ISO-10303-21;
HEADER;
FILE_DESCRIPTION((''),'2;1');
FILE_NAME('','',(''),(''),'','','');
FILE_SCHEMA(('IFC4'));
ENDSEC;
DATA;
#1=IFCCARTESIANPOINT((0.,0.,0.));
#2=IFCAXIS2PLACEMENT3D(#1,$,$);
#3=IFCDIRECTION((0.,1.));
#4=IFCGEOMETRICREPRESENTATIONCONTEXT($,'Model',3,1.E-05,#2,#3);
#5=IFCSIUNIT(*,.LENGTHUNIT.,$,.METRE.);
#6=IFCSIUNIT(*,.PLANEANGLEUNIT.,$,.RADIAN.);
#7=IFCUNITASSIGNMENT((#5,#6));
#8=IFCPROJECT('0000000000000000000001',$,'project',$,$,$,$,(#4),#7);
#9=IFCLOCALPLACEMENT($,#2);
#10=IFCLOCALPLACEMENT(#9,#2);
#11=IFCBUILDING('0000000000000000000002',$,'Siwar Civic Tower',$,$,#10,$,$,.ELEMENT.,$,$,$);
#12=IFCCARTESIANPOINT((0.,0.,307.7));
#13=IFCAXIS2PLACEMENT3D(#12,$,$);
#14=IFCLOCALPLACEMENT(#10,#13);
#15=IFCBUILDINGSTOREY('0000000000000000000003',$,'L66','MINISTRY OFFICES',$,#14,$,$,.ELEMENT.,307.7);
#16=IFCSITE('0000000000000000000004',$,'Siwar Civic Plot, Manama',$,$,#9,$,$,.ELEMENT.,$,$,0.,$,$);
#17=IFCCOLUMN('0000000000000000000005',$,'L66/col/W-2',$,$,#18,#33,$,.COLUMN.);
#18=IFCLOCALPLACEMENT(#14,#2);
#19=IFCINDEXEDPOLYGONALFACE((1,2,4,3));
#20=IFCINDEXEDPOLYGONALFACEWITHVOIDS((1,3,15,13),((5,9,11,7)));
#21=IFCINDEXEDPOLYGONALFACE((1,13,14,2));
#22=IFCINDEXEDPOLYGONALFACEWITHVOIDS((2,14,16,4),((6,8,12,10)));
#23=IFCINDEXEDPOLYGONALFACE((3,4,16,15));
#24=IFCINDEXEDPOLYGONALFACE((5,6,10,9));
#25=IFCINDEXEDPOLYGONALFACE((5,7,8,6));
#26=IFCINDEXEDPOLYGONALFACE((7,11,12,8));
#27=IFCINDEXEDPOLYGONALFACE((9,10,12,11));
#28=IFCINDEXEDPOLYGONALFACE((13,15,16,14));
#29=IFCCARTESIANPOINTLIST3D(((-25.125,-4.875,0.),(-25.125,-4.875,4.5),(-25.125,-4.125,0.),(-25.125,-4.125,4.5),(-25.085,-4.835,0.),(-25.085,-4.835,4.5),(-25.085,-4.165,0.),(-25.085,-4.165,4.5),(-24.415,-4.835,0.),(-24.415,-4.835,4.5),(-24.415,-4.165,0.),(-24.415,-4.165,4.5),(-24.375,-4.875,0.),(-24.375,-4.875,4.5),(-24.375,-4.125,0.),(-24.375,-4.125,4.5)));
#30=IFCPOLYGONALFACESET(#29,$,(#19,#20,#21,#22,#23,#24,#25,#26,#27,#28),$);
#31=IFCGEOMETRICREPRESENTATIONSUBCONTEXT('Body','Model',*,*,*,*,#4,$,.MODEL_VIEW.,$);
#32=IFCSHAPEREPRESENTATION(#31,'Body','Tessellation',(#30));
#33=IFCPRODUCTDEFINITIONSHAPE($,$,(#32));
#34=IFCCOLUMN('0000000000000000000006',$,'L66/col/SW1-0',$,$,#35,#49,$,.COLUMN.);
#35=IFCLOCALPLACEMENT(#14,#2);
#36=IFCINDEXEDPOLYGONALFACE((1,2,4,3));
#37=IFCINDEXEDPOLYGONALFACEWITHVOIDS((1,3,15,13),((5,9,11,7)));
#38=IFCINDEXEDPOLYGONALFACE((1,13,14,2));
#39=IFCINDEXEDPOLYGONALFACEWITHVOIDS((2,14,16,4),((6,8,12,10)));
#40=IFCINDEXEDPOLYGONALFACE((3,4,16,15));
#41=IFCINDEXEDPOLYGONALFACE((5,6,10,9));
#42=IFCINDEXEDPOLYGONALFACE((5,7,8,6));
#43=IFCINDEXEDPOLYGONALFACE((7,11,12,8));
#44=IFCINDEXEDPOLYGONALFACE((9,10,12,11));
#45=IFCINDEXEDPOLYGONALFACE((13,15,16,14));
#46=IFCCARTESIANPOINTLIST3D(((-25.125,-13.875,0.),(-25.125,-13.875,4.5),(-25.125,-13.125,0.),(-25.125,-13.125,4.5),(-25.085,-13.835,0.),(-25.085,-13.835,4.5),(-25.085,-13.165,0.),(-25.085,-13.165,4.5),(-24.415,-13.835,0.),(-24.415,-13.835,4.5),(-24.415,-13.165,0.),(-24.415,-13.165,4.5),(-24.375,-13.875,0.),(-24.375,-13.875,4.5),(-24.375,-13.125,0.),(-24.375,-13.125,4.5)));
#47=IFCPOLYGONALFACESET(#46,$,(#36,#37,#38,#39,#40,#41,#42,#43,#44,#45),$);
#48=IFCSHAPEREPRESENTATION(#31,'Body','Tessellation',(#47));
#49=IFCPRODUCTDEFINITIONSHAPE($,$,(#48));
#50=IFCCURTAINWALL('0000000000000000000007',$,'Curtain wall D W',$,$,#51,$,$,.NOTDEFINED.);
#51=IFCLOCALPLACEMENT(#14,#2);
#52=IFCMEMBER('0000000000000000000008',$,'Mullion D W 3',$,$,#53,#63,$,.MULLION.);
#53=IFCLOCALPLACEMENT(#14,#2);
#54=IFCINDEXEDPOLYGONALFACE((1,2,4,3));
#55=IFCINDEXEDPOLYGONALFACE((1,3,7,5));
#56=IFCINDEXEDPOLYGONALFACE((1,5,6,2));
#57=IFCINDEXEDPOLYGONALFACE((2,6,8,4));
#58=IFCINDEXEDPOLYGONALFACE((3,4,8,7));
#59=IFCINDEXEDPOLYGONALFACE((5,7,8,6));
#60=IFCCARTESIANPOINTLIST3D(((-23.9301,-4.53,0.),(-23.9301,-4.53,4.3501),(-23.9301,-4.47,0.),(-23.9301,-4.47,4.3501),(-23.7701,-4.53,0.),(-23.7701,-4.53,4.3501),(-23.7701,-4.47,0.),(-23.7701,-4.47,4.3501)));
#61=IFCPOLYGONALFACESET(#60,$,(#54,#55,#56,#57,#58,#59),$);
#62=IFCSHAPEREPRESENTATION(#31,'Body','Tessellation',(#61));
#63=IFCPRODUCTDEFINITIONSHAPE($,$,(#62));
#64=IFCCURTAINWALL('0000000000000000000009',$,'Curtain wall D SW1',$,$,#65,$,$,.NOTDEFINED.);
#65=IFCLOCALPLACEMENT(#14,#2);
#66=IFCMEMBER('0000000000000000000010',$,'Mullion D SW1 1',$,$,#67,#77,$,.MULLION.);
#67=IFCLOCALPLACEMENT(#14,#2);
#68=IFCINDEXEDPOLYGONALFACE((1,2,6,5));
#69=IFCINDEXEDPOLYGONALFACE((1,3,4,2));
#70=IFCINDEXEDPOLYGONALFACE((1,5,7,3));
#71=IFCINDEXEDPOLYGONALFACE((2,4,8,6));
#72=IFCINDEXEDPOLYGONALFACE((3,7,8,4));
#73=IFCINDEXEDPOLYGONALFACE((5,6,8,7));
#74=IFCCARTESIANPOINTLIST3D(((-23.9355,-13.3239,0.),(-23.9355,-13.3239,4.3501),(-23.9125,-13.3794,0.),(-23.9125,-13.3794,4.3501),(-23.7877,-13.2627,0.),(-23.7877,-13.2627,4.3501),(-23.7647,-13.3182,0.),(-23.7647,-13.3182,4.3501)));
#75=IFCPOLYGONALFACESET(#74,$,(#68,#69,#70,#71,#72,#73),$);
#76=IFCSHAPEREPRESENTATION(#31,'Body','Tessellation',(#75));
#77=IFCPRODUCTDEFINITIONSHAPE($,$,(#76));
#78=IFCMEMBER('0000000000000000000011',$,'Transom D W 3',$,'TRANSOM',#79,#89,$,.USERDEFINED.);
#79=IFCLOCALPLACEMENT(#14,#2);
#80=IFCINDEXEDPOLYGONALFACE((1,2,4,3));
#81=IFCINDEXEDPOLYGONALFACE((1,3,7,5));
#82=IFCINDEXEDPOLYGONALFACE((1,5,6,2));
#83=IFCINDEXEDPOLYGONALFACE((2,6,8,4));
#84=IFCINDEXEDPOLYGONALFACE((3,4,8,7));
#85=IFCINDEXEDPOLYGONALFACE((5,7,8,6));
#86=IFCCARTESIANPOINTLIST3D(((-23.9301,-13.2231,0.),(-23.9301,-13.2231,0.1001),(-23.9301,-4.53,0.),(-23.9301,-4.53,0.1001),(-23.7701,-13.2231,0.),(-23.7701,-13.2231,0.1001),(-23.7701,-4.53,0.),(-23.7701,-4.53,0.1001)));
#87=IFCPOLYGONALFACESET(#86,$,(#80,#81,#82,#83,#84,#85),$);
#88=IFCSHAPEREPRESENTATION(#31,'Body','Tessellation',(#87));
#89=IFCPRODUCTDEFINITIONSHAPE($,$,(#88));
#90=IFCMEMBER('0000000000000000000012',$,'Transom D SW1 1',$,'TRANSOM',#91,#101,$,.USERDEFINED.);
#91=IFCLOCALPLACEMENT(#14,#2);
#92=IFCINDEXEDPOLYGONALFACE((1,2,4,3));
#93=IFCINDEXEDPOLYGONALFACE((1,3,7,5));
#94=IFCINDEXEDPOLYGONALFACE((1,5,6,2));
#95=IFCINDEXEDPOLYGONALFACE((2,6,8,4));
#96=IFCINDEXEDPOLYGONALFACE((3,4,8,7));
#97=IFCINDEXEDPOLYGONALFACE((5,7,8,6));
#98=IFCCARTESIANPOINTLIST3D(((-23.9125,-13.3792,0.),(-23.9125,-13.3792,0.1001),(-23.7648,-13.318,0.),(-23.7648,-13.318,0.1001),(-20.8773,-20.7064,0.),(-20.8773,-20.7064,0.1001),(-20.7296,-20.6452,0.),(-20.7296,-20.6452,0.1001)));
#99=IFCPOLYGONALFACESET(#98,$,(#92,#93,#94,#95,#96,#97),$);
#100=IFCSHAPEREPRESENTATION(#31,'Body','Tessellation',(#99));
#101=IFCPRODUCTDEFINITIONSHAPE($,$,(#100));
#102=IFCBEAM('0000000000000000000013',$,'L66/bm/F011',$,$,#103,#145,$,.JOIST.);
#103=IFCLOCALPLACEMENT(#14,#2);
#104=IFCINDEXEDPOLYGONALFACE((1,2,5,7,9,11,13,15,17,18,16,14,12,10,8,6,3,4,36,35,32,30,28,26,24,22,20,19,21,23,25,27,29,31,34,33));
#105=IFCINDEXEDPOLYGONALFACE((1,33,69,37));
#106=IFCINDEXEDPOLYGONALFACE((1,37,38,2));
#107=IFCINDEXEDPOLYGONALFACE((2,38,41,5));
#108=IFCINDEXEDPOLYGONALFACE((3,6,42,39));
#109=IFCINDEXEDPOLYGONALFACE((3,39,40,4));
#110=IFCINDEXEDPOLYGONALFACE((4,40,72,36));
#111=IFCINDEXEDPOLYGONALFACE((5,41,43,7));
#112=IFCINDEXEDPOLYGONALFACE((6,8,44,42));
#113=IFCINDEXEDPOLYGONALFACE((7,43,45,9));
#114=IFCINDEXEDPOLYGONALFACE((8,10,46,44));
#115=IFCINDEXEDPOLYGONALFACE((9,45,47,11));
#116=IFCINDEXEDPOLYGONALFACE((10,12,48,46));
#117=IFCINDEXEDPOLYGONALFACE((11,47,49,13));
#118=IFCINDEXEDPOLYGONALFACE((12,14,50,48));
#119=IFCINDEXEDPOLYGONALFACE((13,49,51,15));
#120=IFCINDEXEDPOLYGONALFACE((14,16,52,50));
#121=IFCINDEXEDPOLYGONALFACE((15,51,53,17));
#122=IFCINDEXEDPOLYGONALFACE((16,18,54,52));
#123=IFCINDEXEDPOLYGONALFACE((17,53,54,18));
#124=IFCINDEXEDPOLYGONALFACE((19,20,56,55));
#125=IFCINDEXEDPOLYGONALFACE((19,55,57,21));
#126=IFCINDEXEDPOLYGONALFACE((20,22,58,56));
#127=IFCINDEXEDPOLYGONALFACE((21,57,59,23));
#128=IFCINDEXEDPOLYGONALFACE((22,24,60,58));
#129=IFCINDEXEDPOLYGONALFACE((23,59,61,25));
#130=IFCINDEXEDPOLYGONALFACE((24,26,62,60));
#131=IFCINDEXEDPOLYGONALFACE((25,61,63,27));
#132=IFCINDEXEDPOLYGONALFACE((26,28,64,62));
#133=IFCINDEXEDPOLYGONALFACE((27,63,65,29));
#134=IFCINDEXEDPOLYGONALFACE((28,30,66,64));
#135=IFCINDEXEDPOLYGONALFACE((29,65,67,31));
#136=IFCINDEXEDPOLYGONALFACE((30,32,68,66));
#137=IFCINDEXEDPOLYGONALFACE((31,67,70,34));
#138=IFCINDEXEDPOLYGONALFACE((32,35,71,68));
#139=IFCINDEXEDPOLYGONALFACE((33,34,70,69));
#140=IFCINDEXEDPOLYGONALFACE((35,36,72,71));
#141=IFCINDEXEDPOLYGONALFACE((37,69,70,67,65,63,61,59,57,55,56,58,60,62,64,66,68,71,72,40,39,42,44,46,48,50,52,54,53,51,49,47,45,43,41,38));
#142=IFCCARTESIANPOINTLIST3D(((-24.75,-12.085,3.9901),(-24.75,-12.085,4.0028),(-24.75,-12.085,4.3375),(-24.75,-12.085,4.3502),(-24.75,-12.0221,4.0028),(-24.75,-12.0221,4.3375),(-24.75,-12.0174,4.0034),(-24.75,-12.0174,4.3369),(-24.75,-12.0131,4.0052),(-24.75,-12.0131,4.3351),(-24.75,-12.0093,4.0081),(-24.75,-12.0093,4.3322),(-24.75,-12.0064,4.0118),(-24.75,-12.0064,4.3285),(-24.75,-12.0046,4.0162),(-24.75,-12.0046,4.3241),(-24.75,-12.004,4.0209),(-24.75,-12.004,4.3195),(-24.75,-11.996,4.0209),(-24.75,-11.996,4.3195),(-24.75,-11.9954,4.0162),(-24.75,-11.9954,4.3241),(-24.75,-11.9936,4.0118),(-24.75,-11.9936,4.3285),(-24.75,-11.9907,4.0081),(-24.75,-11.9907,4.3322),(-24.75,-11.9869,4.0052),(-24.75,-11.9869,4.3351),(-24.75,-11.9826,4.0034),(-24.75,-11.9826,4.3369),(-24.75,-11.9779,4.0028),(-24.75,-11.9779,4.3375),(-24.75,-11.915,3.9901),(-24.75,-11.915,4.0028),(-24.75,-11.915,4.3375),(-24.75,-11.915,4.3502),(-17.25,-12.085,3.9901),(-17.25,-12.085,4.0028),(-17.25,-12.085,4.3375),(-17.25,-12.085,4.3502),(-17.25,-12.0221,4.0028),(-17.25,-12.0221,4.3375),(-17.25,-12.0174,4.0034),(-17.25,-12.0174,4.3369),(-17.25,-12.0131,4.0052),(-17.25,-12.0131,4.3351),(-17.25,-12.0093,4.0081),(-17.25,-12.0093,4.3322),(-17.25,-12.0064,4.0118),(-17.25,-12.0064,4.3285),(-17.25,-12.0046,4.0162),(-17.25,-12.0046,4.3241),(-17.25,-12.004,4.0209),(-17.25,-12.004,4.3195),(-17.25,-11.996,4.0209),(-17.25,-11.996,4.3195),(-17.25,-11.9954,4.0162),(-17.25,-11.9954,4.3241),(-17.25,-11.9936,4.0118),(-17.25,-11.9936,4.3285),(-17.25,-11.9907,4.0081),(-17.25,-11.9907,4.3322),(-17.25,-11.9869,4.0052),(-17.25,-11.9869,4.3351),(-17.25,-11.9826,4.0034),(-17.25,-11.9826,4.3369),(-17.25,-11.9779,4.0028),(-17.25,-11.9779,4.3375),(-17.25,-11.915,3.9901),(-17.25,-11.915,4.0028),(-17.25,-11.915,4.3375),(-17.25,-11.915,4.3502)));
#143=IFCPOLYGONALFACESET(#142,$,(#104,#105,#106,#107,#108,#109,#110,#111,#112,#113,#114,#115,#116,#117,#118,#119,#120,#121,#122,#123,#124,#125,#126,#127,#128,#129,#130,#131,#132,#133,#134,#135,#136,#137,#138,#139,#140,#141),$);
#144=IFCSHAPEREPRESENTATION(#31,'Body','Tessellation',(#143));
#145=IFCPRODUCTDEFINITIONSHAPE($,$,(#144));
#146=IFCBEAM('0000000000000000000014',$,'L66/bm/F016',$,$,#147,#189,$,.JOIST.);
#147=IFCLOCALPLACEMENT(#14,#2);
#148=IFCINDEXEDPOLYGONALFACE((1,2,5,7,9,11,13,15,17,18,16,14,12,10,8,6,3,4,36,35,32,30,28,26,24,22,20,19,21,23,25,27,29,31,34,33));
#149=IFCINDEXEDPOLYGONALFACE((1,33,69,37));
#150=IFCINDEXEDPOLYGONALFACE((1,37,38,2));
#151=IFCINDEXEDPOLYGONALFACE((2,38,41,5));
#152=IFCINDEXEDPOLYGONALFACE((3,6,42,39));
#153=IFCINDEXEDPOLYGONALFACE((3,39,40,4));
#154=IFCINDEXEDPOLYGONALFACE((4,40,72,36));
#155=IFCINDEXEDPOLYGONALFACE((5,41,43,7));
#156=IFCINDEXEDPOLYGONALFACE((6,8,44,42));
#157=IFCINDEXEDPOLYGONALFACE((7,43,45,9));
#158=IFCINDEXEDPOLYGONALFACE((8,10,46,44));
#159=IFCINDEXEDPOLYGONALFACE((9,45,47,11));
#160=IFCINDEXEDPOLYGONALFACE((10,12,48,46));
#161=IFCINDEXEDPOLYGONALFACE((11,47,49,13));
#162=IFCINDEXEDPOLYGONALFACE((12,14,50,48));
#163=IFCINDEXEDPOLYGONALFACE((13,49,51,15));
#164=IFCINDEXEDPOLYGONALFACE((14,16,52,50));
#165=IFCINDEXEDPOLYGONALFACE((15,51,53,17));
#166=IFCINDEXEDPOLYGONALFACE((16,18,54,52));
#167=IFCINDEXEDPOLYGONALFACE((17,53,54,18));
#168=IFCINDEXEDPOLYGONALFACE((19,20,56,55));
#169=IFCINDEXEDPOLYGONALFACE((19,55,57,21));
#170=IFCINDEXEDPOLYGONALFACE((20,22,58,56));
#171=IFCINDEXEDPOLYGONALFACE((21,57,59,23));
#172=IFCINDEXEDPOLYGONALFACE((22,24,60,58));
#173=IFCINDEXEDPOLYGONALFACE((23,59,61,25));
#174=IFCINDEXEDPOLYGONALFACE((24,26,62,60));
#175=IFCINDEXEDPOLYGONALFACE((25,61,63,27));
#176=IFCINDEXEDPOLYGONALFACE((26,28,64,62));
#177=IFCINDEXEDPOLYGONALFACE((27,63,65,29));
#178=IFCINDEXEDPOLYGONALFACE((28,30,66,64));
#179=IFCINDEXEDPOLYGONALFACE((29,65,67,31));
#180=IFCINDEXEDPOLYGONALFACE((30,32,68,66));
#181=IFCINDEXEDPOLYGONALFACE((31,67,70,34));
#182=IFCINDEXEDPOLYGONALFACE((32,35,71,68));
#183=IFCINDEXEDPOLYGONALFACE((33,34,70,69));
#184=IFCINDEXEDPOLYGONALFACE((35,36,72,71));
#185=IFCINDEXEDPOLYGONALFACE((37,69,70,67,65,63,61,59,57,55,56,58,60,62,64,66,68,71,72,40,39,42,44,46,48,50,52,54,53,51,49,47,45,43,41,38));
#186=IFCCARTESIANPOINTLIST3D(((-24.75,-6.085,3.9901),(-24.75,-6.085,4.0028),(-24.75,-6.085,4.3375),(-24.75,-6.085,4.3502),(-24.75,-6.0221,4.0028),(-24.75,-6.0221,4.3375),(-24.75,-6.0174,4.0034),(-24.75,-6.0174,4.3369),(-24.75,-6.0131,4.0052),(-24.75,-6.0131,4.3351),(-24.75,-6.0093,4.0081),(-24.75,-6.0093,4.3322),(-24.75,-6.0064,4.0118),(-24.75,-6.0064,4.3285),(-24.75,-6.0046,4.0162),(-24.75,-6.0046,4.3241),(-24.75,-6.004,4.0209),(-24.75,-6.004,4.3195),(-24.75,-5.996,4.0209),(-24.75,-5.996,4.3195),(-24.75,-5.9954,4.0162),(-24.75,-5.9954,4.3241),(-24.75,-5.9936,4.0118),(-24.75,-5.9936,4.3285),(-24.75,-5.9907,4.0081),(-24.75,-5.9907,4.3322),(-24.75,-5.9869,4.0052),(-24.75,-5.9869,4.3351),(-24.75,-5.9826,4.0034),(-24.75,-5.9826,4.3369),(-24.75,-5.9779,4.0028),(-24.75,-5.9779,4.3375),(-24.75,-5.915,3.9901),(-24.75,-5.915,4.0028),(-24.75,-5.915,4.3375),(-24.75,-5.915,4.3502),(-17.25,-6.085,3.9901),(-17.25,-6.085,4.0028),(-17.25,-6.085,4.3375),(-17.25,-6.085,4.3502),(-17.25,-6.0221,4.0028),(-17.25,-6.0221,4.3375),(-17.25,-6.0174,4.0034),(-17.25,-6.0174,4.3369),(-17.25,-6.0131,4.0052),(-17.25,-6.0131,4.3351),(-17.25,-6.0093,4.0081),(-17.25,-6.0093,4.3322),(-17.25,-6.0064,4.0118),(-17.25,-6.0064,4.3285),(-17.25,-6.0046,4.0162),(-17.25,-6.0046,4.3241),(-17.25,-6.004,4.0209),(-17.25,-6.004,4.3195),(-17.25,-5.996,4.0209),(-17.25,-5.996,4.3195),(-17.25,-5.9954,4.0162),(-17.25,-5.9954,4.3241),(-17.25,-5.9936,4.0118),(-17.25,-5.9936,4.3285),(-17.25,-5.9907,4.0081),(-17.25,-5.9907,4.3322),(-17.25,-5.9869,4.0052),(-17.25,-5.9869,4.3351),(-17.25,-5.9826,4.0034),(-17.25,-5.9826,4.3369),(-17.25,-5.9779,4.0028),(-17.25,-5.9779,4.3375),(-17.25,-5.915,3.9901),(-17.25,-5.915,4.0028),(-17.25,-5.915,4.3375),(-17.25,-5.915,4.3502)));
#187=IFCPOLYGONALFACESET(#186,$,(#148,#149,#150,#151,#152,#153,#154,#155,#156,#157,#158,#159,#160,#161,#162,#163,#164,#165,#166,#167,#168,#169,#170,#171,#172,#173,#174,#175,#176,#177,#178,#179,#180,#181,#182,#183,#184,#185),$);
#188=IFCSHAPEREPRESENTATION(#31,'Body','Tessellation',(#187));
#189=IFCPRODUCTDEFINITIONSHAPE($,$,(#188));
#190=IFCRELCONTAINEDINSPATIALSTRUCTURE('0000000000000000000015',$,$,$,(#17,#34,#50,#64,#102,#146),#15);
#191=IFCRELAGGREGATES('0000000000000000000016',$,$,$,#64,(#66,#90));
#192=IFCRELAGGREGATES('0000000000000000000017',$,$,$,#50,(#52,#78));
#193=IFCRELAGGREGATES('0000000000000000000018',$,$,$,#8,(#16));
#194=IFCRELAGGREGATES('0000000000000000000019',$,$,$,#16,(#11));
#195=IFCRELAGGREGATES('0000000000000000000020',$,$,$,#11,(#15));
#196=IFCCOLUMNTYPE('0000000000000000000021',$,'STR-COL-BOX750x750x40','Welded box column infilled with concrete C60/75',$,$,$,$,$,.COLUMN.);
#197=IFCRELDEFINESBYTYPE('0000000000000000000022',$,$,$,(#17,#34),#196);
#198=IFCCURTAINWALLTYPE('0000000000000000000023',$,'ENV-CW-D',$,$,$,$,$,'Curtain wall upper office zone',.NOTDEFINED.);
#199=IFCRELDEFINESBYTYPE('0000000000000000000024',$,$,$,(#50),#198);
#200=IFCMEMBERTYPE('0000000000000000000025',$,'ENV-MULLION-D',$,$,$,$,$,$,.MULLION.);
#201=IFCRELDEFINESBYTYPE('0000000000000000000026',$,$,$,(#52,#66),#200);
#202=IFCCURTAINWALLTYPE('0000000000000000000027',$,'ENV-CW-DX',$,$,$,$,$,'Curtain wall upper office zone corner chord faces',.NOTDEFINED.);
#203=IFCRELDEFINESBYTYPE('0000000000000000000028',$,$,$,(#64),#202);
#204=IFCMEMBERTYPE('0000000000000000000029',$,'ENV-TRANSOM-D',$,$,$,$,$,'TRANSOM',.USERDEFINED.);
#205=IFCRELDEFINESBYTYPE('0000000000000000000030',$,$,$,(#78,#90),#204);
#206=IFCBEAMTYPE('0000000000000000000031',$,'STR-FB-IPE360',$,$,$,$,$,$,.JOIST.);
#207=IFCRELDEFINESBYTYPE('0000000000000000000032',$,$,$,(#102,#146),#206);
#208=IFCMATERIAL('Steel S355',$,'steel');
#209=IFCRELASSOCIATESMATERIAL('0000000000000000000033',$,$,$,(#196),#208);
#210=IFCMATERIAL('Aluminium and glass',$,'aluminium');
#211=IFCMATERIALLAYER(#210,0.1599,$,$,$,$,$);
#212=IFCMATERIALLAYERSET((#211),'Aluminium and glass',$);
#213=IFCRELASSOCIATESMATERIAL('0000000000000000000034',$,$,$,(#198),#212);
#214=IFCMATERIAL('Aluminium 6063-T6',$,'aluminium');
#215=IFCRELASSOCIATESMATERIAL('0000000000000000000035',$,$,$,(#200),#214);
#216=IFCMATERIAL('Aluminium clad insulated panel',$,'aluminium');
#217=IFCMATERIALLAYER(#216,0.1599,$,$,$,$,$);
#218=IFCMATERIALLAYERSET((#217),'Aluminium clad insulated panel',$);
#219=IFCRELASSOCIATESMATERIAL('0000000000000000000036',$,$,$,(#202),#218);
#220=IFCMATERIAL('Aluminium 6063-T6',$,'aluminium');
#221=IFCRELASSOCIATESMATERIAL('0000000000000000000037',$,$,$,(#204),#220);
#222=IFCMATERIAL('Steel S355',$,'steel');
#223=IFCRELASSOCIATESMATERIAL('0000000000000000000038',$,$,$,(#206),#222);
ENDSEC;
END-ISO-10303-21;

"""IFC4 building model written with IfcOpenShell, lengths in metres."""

from ifc_helpers import new_model, si_unit, direction, frame, origin, origin_2d, place, context, subcontext, project, spatial, rectangle, hollow_rectangle, i_section, extrude, material, layer, layer_set, material_profile, profile_set, type_object, element, aggregate, save


model = new_model("IFC4")

# Units and contexts
model_context = context("Model", 3, precision=1e-05, world=origin(), true_north=direction((0.0, 1.0)))
body_context = subcontext(model_context, "Body", "Model", "MODEL_VIEW")
ifc_project = project(units=[si_unit("LENGTHUNIT", "METRE"), si_unit("PLANEANGLEUNIT", "RADIAN")], contexts=[model_context])

# Site, building, storey
site_placement = place(None, origin())
site = spatial("IfcSite", under=ifc_project, at=site_placement, Name="Siwar Civic Plot, Manama", CompositionType="ELEMENT", RefElevation=0.0)
building_placement = place(site_placement, origin())
building = spatial("IfcBuilding", under=site, at=building_placement, Name="Siwar Civic Tower", CompositionType="ELEMENT")
storey_placement = place(building_placement, frame((0.0, 0.0, 307.7)))
storey = spatial("IfcBuildingStorey", under=building, at=storey_placement, Name="L66", Description="MINISTRY OFFICES", CompositionType="ELEMENT", Elevation=307.7)

# Columns
ifc_material_1 = material(Name="Steel S355", Category="steel")
ifc_material_profile_1 = material_profile(ifc_material_1, hollow_rectangle(XDim=0.75, YDim=0.75, WallThickness=0.04, at=origin_2d()), Name="BOX750x750x40")
ifc_profile_set_1 = profile_set([ifc_material_profile_1], Name="Steel S355")
column_type = type_object("IfcColumnType", Name="STR-COL-BOX750x750x40", Description="Welded box column infilled with concrete C60/75", PredefinedType="COLUMN", material=ifc_profile_set_1)
for number, where, z_axis, x_axis, name in (
    (1, (-24.75, -4.5, 0.0), (0.0, 0.0, 1.0), (1.0, 0.0, 0.0), "L66/col/W-2"),
    (2, (-24.75, -13.5, 0.0), (0.0, 0.0, 1.0), (1.0, 0.0, 0.0), "L66/col/SW1-0"),
):
    element("IfcColumn", number, at=place(storey_placement, frame(where, z_axis=z_axis, x_axis=x_axis)), inside=storey, type_object=column_type, Name=name, PredefinedType="COLUMN", context=body_context, shape_type="SweptSolid", body=[
        extrude(hollow_rectangle(XDim=0.75, YDim=0.75, WallThickness=0.04, at=origin_2d()), origin(), (0.0, 0.0, 1.0), 4.5),
    ])

# Curtain walls, members
ifc_material_2 = material(Name="Aluminium and glass", Category="aluminium")
ifc_layer_1 = layer(ifc_material_2, 0.1599)
ifc_layer_set_1 = layer_set([ifc_layer_1], Name="Aluminium and glass")
curtain_wall_type_1 = type_object("IfcCurtainWallType", Name="ENV-CW-D", ElementType="Curtain wall upper office zone", PredefinedType="NOTDEFINED", material=ifc_layer_set_1)
curtain_wall_1_placement = place(storey_placement, origin())
curtain_wall_1 = element("IfcCurtainWall", 3, at=curtain_wall_1_placement, inside=storey, type_object=curtain_wall_type_1, Name="Curtain wall D W", PredefinedType="NOTDEFINED")
ifc_material_3 = material(Name="Aluminium 6063-T6", Category="aluminium")
ifc_material_profile_2 = material_profile(ifc_material_3, rectangle(XDim=0.1599, YDim=0.0601, at=origin_2d()), Name="AL 160x60")
ifc_profile_set_2 = profile_set([ifc_material_profile_2], Name="Aluminium 6063-T6")
member_type_1 = type_object("IfcMemberType", Name="ENV-MULLION-D", PredefinedType="MULLION", material=ifc_profile_set_2)
member_1_placement = place(storey_placement, frame((-23.8501, -4.5, 0.0), z_axis=(0.0, 0.0, 1.0), x_axis=(1.0, 0.0, 0.0)))
member_1 = element("IfcMember", 4, at=member_1_placement, type_object=member_type_1, Name="Mullion D W 3", PredefinedType="MULLION", context=body_context, shape_type="SweptSolid", body=[
    extrude(rectangle(XDim=0.1599, YDim=0.0601, at=origin_2d()), origin(), (0.0, 0.0, 1.0), 4.3501),
])
ifc_material_4 = material(Name="Aluminium clad insulated panel", Category="aluminium")
ifc_layer_2 = layer(ifc_material_4, 0.1599)
ifc_layer_set_2 = layer_set([ifc_layer_2], Name="Aluminium clad insulated panel")
curtain_wall_type_2 = type_object("IfcCurtainWallType", Name="ENV-CW-DX", ElementType="Curtain wall upper office zone corner chord faces", PredefinedType="NOTDEFINED", material=ifc_layer_set_2)
curtain_wall_2_placement = place(storey_placement, origin())
curtain_wall_2 = element("IfcCurtainWall", 5, at=curtain_wall_2_placement, inside=storey, type_object=curtain_wall_type_2, Name="Curtain wall D SW1", PredefinedType="NOTDEFINED")
member_2_placement = place(storey_placement, frame((-23.8501, -13.321, 0.0), z_axis=(0.0, 0.0, 1.0), x_axis=(0.92388, 0.382683, 0.0)))
member_2 = element("IfcMember", 6, at=member_2_placement, type_object=member_type_1, Name="Mullion D SW1 1", PredefinedType="MULLION", context=body_context, shape_type="SweptSolid", body=[
    extrude(rectangle(XDim=0.1599, YDim=0.0601, at=origin_2d()), origin(), (0.0, 0.0, 1.0), 4.3501),
])

# Members
ifc_material_5 = material(Name="Aluminium 6063-T6", Category="aluminium")
ifc_material_profile_3 = material_profile(ifc_material_5, rectangle(XDim=0.1599, YDim=0.1001, at=origin_2d()), Name="AL 160x100")
ifc_profile_set_3 = profile_set([ifc_material_profile_3], Name="Aluminium 6063-T6")
member_type_2 = type_object("IfcMemberType", Name="ENV-TRANSOM-D", ElementType="TRANSOM", PredefinedType="USERDEFINED", material=ifc_profile_set_3)
member_3_placement = place(storey_placement, frame((-23.8501, -4.53, 0.05), z_axis=(0.0, -1.0, 0.0), x_axis=(1.0, 0.0, 0.0)))
member_3 = element("IfcMember", 7, at=member_3_placement, type_object=member_type_2, Name="Transom D W 3", ObjectType="TRANSOM", PredefinedType="USERDEFINED", context=body_context, shape_type="SweptSolid", body=[
    extrude(rectangle(XDim=0.1599, YDim=0.1001, at=origin_2d()), origin(), (0.0, 0.0, 1.0), 8.6931),
])
member_4_placement = place(storey_placement, frame((-23.8386, -13.3486, 0.05), z_axis=(0.3827, -0.923873, 0.0), x_axis=(0.923873, 0.3827, 0.0)))
member_4 = element("IfcMember", 8, at=member_4_placement, type_object=member_type_2, Name="Transom D SW1 1", ObjectType="TRANSOM", PredefinedType="USERDEFINED", context=body_context, shape_type="SweptSolid", body=[
    extrude(rectangle(XDim=0.1599, YDim=0.1001, at=origin_2d()), origin(), (0.0, 0.0, 1.0), 7.9309),
])
aggregate(curtain_wall_2, [member_2, member_4])

# Beams
ifc_material_6 = material(Name="Steel S355", Category="steel")
ifc_material_profile_4 = material_profile(ifc_material_6, i_section(OverallWidth=0.1699, OverallDepth=0.3601, WebThickness=0.0081, FlangeThickness=0.0127, FilletRadius=0.0181, at=origin_2d()), Name="IPE360")
ifc_profile_set_4 = profile_set([ifc_material_profile_4], Name="Steel S355")
beam_type_1 = type_object("IfcBeamType", Name="STR-FB-IPE360", PredefinedType="JOIST", material=ifc_profile_set_4)
for number, where, z_axis, x_axis, name in (
    (9, (-24.75, -12.0, 4.1702), (1.0, 0.0, 0.0), (0.0, 1.0, 0.0), "L66/bm/F011"),
    (10, (-24.75, -6.0, 4.1702), (1.0, 0.0, 0.0), (0.0, 1.0, 0.0), "L66/bm/F016"),
):
    element("IfcBeam", number, at=place(storey_placement, frame(where, z_axis=z_axis, x_axis=x_axis)), inside=storey, type_object=beam_type_1, Name=name, PredefinedType="JOIST", context=body_context, shape_type="SweptSolid", body=[
        extrude(i_section(OverallWidth=0.1699, OverallDepth=0.3601, WebThickness=0.0081, FlangeThickness=0.0127, FilletRadius=0.0181, at=origin_2d()), origin(), (0.0, 0.0, 1.0), 7.5),
    ])

aggregate(curtain_wall_1, [member_1, member_3])

save(model, "model.ifc")
